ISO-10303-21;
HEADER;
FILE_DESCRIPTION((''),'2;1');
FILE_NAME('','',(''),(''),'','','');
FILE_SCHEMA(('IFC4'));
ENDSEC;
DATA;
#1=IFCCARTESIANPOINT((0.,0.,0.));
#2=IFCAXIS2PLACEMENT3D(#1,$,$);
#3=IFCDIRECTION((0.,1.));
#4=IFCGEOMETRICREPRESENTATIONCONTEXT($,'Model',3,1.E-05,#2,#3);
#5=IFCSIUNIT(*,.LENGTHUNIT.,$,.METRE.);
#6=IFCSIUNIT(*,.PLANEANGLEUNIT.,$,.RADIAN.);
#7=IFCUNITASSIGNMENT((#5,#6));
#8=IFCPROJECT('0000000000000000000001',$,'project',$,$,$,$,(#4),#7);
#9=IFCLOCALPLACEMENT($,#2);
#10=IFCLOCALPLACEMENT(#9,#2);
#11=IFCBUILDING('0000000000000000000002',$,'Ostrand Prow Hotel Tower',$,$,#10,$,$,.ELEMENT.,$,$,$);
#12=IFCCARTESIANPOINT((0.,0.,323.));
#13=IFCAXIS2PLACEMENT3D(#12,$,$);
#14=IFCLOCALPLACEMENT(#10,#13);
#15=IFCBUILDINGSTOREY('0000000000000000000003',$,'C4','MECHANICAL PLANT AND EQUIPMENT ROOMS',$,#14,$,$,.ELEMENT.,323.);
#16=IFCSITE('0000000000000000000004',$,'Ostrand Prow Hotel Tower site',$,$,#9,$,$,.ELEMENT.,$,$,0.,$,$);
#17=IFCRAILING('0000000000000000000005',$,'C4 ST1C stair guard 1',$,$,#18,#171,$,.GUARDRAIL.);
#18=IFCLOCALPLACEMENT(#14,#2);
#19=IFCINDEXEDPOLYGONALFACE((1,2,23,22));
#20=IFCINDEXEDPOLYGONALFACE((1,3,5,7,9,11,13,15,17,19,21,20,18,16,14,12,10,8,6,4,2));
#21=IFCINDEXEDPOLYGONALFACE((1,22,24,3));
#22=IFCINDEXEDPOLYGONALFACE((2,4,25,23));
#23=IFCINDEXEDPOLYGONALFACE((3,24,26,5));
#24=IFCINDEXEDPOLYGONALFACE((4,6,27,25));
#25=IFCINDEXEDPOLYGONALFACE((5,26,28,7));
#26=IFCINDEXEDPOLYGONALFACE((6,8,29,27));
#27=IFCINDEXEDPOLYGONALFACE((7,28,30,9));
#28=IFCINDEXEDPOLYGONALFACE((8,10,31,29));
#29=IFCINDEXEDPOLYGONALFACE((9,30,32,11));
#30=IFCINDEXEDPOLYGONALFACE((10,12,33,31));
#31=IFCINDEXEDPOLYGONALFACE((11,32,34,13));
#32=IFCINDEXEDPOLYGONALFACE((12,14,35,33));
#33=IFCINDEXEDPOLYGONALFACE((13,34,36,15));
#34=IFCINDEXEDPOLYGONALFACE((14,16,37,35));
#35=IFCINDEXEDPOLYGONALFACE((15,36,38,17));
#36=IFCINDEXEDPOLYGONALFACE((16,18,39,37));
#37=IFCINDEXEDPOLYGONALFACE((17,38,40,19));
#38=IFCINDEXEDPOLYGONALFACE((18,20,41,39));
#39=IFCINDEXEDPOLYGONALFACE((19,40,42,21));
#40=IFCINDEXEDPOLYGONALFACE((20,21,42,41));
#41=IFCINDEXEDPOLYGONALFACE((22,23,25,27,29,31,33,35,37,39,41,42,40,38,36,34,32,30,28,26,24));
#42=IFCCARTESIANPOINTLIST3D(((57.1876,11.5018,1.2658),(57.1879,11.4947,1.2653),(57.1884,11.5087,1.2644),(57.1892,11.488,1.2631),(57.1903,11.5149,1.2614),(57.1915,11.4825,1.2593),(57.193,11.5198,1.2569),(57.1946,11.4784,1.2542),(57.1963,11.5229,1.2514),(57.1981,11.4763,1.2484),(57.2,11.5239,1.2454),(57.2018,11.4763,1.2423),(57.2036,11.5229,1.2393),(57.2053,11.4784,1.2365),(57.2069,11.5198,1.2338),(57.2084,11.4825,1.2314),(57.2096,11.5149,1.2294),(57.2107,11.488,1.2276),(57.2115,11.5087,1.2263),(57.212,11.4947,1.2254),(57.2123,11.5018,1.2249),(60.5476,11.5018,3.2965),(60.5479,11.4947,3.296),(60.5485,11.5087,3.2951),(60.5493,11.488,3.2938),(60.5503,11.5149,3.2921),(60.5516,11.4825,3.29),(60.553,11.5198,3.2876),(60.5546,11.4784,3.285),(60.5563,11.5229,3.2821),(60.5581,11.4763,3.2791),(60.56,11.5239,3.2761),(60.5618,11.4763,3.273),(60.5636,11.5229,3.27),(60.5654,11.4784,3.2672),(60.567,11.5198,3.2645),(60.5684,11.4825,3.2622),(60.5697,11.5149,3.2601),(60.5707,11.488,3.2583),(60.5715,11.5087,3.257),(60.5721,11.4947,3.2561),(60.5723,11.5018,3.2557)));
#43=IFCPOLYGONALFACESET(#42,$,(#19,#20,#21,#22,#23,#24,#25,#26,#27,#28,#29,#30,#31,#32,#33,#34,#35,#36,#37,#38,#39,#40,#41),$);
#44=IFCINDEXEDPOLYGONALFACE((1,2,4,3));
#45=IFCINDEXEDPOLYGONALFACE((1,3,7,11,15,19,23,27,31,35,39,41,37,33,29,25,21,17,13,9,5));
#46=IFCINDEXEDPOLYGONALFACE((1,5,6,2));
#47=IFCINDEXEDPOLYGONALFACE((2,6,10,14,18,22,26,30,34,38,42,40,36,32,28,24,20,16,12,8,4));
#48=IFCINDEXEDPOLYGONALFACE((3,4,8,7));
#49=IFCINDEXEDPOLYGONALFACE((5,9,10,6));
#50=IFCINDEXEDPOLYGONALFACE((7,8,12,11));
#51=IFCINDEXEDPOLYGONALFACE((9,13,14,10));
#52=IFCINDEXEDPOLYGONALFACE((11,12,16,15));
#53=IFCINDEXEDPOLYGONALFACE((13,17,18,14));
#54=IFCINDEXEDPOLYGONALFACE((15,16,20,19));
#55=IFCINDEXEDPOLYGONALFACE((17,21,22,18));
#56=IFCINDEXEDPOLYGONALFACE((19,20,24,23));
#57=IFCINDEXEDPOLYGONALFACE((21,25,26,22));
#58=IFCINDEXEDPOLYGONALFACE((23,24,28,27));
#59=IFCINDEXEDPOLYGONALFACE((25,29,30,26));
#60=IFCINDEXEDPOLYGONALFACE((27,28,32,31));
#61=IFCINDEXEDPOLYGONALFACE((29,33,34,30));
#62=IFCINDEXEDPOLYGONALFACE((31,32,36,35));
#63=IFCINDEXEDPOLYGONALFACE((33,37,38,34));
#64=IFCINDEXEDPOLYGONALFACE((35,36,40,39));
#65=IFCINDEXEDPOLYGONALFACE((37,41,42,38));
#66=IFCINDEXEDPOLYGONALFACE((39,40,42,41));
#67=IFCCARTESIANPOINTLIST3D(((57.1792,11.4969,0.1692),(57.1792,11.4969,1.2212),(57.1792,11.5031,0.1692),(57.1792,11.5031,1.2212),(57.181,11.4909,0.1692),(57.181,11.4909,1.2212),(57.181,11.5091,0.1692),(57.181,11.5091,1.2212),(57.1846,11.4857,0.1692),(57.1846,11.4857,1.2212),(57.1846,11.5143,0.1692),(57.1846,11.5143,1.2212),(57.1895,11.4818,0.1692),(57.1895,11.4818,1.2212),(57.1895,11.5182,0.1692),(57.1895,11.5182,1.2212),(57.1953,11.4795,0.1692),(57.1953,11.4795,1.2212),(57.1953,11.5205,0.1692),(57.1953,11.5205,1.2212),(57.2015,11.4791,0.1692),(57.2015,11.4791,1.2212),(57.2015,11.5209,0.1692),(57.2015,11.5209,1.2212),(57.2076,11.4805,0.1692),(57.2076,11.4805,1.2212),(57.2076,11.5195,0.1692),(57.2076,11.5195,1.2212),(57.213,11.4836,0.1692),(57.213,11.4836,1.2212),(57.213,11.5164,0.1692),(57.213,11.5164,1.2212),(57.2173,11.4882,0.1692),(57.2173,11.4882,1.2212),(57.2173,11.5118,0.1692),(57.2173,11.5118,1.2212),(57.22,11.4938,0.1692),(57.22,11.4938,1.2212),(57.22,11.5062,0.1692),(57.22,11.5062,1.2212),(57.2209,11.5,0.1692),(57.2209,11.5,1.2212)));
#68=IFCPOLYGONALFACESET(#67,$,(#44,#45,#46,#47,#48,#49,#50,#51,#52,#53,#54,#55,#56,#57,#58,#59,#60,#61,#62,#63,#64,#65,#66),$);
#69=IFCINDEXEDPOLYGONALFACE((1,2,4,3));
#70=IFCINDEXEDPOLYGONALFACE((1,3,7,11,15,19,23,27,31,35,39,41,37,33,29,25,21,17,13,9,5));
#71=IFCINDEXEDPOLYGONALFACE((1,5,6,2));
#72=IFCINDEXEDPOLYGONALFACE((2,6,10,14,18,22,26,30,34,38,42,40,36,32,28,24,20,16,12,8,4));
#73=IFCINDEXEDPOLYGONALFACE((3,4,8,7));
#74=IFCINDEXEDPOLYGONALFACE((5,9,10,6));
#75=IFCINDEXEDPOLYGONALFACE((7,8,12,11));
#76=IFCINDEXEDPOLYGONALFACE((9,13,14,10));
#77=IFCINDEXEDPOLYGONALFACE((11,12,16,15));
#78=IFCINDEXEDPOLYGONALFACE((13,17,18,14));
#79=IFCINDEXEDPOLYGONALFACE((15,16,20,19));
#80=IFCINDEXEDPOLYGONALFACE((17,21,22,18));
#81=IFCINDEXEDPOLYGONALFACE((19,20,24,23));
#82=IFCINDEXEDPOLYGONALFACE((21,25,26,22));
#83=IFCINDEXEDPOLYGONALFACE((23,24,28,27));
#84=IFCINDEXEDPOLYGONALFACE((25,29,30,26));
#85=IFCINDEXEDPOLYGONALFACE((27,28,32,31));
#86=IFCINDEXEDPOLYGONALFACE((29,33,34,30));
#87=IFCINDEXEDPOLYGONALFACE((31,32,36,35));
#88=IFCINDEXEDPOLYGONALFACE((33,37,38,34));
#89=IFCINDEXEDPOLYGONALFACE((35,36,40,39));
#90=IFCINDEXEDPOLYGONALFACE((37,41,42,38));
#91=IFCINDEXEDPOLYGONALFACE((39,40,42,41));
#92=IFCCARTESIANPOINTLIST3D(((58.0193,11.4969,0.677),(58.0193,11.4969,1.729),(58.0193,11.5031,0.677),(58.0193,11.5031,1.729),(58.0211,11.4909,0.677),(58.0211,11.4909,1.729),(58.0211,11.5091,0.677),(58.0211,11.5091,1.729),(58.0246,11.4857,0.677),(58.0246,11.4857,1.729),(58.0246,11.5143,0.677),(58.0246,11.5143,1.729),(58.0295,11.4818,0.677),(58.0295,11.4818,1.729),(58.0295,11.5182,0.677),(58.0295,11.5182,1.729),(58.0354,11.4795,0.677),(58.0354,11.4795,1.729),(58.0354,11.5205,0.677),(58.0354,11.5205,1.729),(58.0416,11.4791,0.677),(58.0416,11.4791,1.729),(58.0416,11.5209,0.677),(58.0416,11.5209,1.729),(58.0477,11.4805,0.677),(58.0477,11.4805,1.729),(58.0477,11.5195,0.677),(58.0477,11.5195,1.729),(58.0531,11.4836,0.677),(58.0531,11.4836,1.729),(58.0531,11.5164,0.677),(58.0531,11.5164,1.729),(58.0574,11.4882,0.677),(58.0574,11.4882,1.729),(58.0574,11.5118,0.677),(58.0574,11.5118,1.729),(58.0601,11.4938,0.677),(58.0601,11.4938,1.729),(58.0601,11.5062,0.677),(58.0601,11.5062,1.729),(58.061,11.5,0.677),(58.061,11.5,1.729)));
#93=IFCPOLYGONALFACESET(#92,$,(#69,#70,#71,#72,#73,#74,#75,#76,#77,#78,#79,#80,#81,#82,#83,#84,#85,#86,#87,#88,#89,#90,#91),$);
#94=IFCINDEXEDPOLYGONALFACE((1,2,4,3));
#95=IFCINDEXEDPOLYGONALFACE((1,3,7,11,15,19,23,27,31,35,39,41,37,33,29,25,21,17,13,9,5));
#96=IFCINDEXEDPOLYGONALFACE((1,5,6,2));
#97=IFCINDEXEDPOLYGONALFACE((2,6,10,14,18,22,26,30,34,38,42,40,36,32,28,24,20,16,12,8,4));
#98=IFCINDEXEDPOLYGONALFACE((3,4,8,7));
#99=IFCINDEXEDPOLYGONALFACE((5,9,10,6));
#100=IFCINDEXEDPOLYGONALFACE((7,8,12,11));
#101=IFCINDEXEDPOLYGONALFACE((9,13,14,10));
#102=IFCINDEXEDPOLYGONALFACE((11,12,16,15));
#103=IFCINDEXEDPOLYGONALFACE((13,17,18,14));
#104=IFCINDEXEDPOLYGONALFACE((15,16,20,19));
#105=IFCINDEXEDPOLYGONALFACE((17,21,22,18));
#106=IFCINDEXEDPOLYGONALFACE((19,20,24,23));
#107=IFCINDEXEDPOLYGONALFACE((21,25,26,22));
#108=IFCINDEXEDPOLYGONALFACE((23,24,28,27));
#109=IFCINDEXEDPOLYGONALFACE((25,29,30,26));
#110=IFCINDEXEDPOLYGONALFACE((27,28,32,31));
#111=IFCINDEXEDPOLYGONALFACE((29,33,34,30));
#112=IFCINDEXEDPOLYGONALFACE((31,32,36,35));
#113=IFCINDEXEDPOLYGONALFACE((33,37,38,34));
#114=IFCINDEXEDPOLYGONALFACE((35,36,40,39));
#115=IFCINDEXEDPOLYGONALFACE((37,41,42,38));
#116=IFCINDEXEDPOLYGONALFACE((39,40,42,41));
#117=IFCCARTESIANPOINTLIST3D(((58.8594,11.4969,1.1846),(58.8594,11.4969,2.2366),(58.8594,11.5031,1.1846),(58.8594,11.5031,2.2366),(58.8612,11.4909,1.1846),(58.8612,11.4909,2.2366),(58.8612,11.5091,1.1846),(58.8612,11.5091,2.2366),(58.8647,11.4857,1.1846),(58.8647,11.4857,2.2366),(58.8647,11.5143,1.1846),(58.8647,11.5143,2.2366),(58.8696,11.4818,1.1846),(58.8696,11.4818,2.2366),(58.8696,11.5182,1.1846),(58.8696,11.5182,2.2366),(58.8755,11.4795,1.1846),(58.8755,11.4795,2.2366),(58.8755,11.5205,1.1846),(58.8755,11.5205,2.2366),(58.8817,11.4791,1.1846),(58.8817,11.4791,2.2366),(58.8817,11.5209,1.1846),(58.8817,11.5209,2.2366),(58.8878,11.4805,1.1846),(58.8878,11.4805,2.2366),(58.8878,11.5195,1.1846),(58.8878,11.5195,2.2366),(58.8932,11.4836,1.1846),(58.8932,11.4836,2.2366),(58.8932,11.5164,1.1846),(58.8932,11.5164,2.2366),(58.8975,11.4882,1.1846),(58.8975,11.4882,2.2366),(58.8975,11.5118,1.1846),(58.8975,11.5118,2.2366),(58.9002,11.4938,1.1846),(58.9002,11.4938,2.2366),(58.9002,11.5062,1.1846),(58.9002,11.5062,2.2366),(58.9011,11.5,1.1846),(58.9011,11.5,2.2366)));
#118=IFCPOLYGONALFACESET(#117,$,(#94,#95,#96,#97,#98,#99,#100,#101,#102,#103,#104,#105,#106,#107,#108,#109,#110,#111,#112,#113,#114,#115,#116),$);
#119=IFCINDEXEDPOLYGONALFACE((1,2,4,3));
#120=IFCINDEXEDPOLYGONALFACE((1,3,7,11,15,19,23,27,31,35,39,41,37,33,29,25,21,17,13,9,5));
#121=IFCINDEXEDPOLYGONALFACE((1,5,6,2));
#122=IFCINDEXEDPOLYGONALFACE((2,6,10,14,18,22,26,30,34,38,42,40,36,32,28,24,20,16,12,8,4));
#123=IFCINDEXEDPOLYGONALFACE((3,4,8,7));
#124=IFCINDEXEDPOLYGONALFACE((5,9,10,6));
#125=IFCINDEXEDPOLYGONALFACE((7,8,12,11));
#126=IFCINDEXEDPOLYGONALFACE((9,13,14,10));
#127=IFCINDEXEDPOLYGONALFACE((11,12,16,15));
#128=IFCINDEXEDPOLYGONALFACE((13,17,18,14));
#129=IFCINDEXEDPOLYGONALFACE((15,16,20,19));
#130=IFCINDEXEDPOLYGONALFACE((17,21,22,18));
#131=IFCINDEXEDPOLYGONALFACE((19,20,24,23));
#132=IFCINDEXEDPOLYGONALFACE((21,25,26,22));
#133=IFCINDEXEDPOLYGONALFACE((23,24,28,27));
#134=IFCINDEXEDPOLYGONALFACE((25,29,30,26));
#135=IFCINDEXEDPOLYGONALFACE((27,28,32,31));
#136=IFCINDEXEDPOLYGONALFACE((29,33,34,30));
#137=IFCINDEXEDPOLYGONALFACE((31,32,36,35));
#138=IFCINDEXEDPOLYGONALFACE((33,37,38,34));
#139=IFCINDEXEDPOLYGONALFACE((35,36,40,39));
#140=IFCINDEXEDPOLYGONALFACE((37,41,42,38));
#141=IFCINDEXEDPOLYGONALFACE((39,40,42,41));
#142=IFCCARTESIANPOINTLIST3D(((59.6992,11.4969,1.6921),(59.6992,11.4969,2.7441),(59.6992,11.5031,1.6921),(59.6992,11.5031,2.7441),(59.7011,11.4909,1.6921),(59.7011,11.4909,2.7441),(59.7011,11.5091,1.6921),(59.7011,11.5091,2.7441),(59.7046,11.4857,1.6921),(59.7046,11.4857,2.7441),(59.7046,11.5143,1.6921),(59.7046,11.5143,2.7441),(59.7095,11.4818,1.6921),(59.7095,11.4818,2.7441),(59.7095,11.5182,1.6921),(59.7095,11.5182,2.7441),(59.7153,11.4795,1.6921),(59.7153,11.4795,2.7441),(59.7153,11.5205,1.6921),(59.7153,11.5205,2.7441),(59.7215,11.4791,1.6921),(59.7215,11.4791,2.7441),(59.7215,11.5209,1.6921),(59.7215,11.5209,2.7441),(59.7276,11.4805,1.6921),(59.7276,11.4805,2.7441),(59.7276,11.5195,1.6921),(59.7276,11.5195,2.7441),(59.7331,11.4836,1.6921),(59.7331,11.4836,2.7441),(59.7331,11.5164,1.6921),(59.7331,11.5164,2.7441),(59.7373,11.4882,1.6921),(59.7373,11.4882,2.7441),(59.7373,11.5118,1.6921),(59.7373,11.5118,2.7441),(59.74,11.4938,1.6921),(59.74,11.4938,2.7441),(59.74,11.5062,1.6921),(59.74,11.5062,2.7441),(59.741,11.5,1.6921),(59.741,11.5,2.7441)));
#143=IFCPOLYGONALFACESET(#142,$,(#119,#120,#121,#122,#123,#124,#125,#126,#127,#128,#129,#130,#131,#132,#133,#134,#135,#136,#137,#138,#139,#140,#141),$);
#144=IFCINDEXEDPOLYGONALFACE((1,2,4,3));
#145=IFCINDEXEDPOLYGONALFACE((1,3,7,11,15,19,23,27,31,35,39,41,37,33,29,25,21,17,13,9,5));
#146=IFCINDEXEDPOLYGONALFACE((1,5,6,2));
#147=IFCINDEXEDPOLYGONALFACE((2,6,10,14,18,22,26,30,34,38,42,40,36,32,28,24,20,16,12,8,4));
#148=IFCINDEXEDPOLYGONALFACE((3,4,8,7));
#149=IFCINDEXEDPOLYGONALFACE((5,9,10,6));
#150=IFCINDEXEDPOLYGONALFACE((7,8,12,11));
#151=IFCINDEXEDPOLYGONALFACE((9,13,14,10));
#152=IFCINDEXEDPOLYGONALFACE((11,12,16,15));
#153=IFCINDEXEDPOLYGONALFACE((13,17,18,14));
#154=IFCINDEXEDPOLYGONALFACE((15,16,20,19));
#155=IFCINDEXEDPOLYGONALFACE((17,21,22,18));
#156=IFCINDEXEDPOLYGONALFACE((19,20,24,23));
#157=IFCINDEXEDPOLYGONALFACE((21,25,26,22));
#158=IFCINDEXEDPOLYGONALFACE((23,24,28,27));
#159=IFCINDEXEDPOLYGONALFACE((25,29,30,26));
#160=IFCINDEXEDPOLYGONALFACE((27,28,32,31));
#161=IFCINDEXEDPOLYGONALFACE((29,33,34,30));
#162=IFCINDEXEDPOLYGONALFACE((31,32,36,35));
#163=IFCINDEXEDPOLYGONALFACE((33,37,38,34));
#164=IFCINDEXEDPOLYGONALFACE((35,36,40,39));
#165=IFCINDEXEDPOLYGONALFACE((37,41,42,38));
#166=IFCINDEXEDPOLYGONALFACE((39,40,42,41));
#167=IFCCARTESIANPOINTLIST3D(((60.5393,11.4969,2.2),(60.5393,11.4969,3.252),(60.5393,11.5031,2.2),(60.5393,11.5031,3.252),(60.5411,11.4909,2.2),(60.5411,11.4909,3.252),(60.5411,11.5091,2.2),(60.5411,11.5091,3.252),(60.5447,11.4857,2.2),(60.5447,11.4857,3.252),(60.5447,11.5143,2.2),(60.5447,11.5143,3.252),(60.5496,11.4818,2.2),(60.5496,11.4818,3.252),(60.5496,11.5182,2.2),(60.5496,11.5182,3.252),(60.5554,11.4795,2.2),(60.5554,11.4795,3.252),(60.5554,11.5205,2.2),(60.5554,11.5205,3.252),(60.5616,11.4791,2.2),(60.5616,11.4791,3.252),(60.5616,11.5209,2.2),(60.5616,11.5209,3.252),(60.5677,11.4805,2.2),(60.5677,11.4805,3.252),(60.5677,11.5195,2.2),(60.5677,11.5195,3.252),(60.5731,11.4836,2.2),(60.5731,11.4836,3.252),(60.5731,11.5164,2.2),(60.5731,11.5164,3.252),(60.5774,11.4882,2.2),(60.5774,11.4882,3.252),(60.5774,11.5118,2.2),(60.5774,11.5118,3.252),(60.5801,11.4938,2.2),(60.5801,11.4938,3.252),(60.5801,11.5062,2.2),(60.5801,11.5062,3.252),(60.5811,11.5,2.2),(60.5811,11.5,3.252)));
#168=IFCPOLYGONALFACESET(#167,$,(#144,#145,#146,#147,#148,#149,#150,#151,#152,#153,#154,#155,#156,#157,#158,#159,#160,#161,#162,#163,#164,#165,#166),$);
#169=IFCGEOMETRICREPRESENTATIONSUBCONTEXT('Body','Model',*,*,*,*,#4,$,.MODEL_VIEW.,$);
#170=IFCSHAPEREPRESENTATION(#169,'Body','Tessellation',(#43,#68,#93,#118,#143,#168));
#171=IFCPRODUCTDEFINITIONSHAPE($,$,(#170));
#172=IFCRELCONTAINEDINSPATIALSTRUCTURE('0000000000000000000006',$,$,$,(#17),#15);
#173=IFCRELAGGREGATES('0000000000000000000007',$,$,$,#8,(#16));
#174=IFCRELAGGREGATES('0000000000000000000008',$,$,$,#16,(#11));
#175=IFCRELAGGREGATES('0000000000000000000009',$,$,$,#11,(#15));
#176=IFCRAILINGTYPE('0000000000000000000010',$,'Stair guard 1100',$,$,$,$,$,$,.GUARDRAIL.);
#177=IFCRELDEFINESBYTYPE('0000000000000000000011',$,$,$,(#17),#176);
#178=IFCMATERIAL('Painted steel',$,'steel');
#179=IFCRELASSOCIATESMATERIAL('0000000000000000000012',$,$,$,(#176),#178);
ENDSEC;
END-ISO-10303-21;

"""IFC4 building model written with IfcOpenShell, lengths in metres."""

from ifc_helpers import new_model, si_unit, direction, frame, origin, origin_2d, place, context, subcontext, project, spatial, circle, extrude, material, type_object, element, save


model = new_model("IFC4")

# Units and contexts
model_context = context("Model", 3, precision=1e-05, world=origin(), true_north=direction((0.0, 1.0)))
body_context = subcontext(model_context, "Body", "Model", "MODEL_VIEW")
ifc_project = project(units=[si_unit("LENGTHUNIT", "METRE"), si_unit("PLANEANGLEUNIT", "RADIAN")], contexts=[model_context])

# Site, building, storey
site_placement = place(None, origin())
site = spatial("IfcSite", under=ifc_project, at=site_placement, Name="Ostrand Prow Hotel Tower site", CompositionType="ELEMENT", RefElevation=0.0)
building_placement = place(site_placement, origin())
building = spatial("IfcBuilding", under=site, at=building_placement, Name="Ostrand Prow Hotel Tower", CompositionType="ELEMENT")
storey_placement = place(building_placement, frame((0.0, 0.0, 323.0)))
storey = spatial("IfcBuildingStorey", under=building, at=storey_placement, Name="C4", Description="MECHANICAL PLANT AND EQUIPMENT ROOMS", CompositionType="ELEMENT", Elevation=323.0)

# Railing
ifc_material_1 = material(Name="Painted steel", Category="steel")
railing_type_1 = type_object("IfcRailingType", Name="Stair guard 1100", PredefinedType="GUARDRAIL", material=ifc_material_1)
railing_1_placement = place(storey_placement, frame((57.2, 11.5, 0.1692)))
element("IfcRailing", 1, at=railing_1_placement, inside=storey, type_object=railing_type_1, Name="C4 ST1C stair guard 1", PredefinedType="GUARDRAIL", context=body_context, shape_type="SweptSolid", body=[
    extrude(circle(Radius=0.0239, at=origin_2d()), frame((0.0, 0.0, 1.0762), z_axis=(0.855837, 0.0, 0.517246), x_axis=(0.0, 1.0, 0.0)), (0.0, 0.0, 1.0), 3.926),
    extrude(circle(Radius=0.021, at=origin_2d()), origin(), (0.0, 0.0, 1.0), 1.052),
    extrude(circle(Radius=0.021, at=origin_2d()), frame((0.8401, 0.0, 0.5078)), (0.0, 0.0, 1.0), 1.052),
    extrude(circle(Radius=0.021, at=origin_2d()), frame((1.6802, 0.0, 1.0154)), (0.0, 0.0, 1.0), 1.052),
    extrude(circle(Radius=0.021, at=origin_2d()), frame((2.52, 0.0, 1.5229)), (0.0, 0.0, 1.0), 1.052),
    extrude(circle(Radius=0.021, at=origin_2d()), frame((3.3601, 0.0, 2.0308)), (0.0, 0.0, 1.0), 1.052),
])

save(model, "model.ifc")
